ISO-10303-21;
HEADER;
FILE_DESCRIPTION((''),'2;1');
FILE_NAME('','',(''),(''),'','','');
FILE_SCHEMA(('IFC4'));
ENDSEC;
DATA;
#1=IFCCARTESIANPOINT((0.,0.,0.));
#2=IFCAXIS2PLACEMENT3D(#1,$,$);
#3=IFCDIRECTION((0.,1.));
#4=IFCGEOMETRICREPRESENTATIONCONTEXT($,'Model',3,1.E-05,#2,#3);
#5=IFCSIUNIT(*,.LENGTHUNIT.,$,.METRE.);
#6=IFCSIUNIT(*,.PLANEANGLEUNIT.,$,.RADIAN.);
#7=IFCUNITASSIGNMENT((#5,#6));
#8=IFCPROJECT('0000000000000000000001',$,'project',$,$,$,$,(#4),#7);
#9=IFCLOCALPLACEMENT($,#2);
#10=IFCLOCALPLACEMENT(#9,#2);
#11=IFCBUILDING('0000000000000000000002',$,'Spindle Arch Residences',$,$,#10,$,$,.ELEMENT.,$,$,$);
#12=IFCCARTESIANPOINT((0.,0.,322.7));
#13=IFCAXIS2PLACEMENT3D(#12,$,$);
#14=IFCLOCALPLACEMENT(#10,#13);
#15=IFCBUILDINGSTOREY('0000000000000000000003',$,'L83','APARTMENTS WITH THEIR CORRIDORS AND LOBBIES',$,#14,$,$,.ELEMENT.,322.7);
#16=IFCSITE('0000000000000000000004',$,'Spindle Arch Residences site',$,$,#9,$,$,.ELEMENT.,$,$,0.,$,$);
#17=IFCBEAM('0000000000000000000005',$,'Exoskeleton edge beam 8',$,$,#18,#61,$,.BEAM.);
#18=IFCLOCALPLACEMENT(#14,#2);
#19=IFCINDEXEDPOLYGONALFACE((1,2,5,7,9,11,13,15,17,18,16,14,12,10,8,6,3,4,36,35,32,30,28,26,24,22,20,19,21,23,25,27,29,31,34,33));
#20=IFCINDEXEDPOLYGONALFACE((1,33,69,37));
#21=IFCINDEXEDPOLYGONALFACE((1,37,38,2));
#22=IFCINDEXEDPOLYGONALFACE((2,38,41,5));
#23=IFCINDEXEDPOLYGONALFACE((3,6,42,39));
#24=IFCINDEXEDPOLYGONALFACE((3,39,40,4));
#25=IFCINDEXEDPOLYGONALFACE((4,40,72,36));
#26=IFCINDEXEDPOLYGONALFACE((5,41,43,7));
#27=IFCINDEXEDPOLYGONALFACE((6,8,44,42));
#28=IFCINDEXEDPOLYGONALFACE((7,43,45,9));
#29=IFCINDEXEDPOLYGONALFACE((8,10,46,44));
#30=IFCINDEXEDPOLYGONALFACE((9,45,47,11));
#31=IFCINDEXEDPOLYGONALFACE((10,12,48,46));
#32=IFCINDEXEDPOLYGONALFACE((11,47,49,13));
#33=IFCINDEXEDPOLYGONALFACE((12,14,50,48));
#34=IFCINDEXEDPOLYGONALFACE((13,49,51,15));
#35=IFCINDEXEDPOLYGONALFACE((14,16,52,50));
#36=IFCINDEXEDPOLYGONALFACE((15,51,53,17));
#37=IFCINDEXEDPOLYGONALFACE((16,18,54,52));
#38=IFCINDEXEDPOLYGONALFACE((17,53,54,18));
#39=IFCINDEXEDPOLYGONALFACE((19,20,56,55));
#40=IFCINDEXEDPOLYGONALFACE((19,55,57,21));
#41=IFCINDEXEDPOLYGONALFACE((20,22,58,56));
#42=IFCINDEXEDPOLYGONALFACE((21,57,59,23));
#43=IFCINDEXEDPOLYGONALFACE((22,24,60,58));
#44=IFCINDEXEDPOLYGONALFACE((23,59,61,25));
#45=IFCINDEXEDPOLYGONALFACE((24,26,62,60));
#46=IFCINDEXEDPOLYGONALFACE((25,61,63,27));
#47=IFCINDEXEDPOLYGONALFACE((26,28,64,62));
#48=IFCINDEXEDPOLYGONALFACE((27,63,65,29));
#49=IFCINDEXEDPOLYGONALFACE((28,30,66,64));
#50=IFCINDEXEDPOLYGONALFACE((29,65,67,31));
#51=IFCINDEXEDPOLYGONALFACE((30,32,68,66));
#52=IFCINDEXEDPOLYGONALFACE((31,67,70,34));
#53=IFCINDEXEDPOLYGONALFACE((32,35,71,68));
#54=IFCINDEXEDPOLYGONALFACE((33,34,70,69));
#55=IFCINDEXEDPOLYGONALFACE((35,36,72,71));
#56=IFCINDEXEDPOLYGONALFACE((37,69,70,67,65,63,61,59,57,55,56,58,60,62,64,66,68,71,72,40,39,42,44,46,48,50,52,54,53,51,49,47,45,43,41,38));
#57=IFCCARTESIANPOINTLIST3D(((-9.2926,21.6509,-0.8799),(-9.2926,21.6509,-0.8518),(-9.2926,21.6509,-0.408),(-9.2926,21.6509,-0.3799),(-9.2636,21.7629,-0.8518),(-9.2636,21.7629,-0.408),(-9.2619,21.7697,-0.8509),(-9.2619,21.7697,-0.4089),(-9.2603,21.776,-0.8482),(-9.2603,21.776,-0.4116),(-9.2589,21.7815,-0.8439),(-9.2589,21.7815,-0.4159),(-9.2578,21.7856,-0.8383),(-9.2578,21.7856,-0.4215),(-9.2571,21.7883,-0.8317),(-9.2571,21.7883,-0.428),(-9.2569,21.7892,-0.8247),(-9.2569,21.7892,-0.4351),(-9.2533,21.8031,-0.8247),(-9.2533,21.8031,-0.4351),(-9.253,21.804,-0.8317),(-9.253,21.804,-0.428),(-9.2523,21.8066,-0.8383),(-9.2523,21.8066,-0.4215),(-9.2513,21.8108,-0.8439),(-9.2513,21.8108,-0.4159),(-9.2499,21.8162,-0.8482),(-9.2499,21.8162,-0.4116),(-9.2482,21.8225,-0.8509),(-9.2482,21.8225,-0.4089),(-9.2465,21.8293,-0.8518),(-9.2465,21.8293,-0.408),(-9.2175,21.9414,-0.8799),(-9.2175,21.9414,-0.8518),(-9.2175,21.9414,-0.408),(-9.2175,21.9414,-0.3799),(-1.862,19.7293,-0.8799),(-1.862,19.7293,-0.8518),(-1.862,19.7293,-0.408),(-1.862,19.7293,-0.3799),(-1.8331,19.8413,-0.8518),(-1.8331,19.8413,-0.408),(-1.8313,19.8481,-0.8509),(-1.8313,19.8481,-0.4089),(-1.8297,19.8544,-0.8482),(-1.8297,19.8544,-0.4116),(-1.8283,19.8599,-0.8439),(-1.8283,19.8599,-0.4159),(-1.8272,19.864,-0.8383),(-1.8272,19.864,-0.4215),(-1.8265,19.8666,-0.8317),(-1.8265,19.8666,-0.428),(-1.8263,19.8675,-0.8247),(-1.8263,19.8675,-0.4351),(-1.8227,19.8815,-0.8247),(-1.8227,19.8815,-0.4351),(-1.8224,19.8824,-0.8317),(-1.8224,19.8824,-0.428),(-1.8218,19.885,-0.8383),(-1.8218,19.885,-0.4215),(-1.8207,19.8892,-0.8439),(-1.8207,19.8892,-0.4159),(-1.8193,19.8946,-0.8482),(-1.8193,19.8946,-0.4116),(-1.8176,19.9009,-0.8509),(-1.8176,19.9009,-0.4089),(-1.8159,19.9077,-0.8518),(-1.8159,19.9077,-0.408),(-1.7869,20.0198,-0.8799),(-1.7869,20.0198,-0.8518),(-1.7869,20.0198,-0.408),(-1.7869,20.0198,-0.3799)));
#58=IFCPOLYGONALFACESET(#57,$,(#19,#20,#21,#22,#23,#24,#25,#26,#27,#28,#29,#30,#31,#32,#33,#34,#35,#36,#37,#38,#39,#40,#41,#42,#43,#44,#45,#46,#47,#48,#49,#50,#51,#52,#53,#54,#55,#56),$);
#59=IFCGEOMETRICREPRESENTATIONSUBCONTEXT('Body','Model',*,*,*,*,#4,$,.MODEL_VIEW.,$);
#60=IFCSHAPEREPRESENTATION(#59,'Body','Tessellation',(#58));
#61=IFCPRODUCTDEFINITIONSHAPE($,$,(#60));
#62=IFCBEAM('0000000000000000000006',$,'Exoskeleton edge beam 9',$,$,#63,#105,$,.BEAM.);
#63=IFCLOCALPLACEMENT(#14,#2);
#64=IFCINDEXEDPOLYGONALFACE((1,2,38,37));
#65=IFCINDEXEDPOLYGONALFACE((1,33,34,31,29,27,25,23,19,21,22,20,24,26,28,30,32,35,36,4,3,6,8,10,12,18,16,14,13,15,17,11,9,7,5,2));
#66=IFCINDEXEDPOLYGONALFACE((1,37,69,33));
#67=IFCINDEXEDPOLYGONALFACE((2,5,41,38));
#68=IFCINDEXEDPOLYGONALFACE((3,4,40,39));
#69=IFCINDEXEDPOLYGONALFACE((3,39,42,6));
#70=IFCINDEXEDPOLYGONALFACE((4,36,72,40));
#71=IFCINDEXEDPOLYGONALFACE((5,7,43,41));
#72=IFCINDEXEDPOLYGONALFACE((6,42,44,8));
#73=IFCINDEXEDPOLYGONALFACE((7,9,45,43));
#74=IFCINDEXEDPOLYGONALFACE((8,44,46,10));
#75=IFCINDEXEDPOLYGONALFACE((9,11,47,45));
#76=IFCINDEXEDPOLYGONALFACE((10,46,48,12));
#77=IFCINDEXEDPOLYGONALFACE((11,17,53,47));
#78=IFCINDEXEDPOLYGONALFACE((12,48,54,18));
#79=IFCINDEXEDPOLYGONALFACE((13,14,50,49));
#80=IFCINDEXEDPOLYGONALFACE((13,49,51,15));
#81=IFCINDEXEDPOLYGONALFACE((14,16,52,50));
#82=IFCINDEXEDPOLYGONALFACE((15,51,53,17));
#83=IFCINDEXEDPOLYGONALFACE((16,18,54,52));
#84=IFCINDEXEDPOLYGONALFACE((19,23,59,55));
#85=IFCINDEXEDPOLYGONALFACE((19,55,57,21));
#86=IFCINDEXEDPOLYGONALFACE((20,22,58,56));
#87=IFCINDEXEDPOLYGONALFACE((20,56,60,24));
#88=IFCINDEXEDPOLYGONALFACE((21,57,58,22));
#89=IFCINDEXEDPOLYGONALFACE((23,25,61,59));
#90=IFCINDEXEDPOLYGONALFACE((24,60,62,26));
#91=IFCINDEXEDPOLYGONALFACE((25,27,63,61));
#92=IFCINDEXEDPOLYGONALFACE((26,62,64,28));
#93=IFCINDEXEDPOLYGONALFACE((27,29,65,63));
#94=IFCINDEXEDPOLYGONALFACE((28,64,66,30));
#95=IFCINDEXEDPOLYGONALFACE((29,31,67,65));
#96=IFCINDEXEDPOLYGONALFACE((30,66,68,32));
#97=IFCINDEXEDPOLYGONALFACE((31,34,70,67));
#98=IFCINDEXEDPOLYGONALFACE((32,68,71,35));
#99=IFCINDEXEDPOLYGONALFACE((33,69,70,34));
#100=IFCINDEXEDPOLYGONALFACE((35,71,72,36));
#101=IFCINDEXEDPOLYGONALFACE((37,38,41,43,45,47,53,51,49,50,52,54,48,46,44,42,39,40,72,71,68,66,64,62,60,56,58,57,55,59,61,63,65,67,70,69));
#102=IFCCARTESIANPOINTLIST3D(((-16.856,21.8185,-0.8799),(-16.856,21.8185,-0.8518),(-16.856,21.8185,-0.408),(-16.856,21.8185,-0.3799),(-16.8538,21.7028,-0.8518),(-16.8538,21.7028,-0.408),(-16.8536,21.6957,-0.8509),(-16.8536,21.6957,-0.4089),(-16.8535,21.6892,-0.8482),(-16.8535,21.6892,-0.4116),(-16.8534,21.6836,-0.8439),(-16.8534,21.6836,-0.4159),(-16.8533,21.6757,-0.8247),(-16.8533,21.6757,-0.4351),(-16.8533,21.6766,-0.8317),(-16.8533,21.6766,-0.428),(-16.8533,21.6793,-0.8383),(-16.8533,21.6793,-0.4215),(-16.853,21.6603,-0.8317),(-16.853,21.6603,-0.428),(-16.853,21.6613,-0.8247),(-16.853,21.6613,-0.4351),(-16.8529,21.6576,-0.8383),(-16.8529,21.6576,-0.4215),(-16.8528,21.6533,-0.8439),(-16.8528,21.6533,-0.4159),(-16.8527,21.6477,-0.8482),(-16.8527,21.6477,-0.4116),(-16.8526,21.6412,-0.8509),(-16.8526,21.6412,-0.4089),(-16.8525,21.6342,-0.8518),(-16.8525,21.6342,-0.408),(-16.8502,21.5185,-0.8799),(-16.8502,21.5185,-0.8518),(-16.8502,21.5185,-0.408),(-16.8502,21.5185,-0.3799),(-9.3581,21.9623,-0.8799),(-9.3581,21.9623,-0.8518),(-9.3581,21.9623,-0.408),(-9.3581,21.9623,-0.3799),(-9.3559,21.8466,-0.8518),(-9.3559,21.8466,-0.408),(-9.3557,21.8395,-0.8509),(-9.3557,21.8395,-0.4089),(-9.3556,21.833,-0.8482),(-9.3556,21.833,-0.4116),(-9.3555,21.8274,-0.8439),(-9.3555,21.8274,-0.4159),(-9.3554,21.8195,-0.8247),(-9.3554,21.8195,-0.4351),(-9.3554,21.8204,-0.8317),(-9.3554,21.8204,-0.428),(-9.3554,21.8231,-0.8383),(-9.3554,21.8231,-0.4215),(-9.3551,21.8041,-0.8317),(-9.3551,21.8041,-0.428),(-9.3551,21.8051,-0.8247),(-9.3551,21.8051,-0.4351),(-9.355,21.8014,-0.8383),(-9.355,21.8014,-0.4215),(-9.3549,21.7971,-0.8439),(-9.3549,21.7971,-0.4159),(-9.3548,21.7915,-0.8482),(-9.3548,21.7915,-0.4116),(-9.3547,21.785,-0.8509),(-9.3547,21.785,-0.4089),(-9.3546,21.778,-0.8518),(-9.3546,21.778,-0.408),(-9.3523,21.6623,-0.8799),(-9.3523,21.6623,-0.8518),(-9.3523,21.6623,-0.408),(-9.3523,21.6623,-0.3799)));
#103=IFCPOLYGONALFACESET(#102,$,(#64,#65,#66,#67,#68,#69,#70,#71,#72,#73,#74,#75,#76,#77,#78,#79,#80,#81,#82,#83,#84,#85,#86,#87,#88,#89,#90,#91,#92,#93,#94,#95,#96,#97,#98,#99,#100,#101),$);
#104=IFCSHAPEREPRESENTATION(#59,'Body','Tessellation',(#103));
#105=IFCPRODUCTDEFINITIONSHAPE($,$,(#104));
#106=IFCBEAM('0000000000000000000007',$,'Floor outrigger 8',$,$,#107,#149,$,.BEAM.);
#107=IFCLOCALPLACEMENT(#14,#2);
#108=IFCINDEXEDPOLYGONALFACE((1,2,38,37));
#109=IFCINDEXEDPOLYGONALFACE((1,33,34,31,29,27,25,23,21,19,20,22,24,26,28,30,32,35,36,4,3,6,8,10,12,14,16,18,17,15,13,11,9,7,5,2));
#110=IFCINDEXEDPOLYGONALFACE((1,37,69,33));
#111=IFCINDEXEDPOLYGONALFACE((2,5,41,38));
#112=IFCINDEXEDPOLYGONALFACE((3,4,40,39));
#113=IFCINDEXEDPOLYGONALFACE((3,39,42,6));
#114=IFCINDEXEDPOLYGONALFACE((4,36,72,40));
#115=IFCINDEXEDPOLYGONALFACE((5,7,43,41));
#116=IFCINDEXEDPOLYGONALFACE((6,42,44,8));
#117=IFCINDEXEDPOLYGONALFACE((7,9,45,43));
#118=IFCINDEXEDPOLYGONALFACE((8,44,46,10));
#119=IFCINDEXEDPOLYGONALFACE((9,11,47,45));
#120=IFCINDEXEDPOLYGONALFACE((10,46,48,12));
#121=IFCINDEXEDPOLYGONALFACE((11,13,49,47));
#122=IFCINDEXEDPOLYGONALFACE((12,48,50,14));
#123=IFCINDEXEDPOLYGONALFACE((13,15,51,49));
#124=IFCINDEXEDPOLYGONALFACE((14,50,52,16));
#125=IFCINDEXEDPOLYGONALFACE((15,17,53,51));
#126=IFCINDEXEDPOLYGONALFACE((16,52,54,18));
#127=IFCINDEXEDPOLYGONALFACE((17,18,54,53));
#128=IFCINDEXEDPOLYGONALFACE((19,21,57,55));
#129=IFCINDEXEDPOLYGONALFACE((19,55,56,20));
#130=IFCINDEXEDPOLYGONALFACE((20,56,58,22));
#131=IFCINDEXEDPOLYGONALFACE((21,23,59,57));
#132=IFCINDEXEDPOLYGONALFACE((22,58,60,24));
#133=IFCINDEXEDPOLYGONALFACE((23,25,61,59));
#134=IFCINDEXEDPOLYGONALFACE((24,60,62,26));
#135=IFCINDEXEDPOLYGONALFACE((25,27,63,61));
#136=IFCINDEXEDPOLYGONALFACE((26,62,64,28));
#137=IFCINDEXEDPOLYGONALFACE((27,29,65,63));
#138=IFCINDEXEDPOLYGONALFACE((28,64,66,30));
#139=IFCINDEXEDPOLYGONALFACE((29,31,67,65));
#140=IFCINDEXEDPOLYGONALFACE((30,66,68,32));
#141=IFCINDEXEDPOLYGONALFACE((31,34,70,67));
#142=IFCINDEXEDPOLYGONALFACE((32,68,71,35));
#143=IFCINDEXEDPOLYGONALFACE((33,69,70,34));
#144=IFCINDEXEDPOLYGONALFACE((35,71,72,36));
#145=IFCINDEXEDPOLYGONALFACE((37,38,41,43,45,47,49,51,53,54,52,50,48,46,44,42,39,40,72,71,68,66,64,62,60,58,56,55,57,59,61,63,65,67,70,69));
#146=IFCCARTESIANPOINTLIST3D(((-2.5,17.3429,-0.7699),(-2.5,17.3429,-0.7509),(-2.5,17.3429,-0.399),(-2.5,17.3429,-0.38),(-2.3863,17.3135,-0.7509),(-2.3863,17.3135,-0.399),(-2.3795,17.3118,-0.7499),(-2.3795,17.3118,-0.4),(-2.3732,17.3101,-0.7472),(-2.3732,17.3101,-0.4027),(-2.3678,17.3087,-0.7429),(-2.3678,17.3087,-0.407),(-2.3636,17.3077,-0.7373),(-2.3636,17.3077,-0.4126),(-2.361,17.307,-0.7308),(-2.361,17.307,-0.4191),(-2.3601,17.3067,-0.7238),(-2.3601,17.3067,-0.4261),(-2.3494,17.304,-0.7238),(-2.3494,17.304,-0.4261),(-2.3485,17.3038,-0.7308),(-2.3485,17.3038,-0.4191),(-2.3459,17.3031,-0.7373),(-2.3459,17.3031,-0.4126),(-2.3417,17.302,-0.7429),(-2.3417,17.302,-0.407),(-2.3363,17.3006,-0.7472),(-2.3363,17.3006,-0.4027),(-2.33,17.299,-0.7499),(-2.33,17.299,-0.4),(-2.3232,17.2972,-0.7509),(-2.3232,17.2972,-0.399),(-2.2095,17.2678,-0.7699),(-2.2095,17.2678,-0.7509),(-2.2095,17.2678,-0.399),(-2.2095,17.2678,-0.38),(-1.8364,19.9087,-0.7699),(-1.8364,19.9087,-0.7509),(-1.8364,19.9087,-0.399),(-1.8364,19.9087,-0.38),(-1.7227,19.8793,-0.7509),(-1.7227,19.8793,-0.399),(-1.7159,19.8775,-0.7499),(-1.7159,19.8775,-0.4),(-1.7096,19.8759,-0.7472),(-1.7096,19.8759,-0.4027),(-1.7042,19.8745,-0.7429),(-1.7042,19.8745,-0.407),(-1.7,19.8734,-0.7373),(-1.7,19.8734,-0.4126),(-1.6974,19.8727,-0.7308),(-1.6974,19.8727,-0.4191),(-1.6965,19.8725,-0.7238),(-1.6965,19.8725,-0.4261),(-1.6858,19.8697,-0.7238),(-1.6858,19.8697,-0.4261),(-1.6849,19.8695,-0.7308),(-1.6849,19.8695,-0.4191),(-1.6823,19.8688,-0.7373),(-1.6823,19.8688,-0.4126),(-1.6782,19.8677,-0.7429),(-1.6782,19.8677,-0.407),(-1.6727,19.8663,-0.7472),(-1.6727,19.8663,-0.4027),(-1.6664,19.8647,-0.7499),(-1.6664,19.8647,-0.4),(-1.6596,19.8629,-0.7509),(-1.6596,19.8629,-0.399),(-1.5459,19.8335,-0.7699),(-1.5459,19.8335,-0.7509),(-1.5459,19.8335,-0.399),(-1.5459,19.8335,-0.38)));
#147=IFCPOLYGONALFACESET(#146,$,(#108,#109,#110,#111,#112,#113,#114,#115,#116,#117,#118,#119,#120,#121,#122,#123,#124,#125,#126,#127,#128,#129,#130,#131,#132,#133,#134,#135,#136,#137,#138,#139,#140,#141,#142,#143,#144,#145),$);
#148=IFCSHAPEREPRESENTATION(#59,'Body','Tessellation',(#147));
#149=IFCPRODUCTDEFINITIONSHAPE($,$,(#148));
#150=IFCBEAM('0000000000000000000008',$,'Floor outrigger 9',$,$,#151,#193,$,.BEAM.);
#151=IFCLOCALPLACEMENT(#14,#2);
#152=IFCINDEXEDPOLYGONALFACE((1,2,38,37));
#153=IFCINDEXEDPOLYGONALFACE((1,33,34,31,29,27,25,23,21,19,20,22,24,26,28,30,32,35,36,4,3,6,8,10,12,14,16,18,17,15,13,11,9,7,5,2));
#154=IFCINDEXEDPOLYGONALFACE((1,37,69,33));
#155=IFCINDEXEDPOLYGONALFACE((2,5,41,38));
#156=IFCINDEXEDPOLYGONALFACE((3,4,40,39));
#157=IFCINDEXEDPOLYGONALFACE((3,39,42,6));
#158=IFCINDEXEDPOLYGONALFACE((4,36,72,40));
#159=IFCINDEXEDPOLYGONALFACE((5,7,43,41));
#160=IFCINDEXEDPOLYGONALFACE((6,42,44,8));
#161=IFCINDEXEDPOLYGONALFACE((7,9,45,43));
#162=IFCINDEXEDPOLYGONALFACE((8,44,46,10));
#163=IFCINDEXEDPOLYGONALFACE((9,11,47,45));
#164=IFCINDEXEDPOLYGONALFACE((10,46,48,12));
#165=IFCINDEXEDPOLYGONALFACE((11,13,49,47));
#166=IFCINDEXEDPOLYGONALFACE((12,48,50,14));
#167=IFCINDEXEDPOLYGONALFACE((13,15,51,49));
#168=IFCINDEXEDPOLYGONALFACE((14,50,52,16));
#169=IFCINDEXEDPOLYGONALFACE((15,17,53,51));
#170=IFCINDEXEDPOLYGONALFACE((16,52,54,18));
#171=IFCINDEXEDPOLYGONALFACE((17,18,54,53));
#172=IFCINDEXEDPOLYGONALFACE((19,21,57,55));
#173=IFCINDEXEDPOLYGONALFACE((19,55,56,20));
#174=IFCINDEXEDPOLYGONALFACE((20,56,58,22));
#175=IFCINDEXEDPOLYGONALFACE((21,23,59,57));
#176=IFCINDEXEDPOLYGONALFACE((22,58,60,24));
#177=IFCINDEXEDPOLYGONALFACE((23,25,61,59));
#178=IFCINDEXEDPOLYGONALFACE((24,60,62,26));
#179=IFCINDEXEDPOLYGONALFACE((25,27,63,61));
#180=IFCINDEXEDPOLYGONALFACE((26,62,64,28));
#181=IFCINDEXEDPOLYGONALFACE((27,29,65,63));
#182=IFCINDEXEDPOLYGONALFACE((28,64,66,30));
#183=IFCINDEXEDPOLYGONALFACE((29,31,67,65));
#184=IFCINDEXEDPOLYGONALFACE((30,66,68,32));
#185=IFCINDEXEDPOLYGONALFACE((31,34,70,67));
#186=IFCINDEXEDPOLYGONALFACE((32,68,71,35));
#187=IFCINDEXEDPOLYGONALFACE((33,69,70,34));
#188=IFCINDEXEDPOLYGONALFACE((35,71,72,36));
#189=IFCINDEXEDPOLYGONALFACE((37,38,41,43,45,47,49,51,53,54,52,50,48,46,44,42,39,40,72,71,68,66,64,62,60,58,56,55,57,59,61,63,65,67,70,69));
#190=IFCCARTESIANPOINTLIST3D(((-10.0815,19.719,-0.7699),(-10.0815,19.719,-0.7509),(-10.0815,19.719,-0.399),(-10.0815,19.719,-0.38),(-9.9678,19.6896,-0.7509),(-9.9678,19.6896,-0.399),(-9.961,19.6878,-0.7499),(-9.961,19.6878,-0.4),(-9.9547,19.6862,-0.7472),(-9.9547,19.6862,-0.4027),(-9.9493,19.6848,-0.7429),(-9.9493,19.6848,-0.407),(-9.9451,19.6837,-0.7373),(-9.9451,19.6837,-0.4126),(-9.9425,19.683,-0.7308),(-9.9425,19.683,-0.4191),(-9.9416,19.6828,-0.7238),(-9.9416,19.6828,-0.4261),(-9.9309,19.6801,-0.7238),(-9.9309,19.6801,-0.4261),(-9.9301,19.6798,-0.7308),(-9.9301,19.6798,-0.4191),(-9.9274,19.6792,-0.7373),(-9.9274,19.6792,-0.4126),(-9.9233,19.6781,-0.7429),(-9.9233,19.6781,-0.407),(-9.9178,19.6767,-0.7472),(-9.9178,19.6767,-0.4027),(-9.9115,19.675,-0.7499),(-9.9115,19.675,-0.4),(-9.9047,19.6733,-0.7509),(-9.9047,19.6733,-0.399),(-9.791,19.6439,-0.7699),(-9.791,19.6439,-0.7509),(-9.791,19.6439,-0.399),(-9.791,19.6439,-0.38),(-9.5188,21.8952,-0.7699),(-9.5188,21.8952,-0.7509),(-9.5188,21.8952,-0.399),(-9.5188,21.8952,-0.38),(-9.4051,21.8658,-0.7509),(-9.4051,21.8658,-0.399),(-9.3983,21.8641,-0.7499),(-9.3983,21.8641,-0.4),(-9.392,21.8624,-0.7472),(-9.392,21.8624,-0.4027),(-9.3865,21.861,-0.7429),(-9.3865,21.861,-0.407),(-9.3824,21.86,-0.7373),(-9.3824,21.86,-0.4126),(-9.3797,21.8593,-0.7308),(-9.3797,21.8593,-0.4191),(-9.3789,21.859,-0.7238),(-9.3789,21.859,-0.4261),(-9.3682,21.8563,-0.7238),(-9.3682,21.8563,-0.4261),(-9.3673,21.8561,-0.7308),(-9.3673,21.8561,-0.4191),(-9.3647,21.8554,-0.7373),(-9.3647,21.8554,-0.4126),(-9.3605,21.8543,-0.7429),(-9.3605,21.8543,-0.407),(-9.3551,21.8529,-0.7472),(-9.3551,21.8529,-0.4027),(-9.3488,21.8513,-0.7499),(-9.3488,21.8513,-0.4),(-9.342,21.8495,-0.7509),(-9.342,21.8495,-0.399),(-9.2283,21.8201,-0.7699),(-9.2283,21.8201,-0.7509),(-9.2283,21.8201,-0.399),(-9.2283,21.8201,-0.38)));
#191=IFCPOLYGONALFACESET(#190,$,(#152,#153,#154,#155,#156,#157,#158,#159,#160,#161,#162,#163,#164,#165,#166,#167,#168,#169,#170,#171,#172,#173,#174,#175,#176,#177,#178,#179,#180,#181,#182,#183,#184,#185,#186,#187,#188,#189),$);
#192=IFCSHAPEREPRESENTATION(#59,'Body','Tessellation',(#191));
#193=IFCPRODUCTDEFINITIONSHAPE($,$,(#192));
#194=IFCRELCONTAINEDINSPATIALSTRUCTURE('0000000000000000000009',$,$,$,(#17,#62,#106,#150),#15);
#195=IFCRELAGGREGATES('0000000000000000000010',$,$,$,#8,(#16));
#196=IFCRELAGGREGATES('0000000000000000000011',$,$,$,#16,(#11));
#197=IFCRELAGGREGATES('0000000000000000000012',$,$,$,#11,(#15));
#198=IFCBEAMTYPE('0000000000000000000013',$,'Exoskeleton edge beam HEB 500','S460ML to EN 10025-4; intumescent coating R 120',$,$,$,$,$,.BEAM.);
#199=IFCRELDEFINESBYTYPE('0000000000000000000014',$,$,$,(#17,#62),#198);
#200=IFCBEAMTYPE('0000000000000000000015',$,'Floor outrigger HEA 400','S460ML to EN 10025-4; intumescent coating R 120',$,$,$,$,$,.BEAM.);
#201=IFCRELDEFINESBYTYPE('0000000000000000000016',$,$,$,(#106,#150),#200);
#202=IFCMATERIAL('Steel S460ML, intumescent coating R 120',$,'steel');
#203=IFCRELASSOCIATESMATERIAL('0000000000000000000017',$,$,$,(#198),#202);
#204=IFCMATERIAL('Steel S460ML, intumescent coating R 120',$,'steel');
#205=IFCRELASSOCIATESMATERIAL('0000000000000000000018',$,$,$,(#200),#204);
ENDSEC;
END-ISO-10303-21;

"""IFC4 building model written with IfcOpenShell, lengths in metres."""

from ifc_helpers import new_model, si_unit, direction, frame, origin, origin_2d, place, context, subcontext, project, spatial, i_section, extrude, material, material_profile, profile_set, type_object, element, save


model = new_model("IFC4")

# Units and contexts
model_context = context("Model", 3, precision=1e-05, world=origin(), true_north=direction((0.0, 1.0)))
body_context = subcontext(model_context, "Body", "Model", "MODEL_VIEW")
ifc_project = project(units=[si_unit("LENGTHUNIT", "METRE"), si_unit("PLANEANGLEUNIT", "RADIAN")], contexts=[model_context])

# Site, building, storey
site_placement = place(None, origin())
site = spatial("IfcSite", under=ifc_project, at=site_placement, Name="Spindle Arch Residences site", CompositionType="ELEMENT", RefElevation=0.0)
building_placement = place(site_placement, origin())
building = spatial("IfcBuilding", under=site, at=building_placement, Name="Spindle Arch Residences", CompositionType="ELEMENT")
storey_placement = place(building_placement, frame((0.0, 0.0, 322.7)))
storey = spatial("IfcBuildingStorey", under=building, at=storey_placement, Name="L83", Description="APARTMENTS WITH THEIR CORRIDORS AND LOBBIES", CompositionType="ELEMENT", Elevation=322.7)

# Beams
ifc_material_1 = material(Name="Steel S460ML, intumescent coating R 120", Category="steel")
ifc_material_profile_1 = material_profile(ifc_material_1, i_section(OverallWidth=0.3, OverallDepth=0.5, WebThickness=0.0144, FlangeThickness=0.0281, FilletRadius=0.0271, at=origin_2d()), Name="HEB 500")
ifc_profile_set_1 = profile_set([ifc_material_profile_1], Name="Steel S460ML, intumescent coating R 120")
beam_type_1 = type_object("IfcBeamType", Name="Exoskeleton edge beam HEB 500", Description="S460ML to EN 10025-4; intumescent coating R 120", PredefinedType="BEAM", material=ifc_profile_set_1)
beam_1_placement = place(storey_placement, frame((-1.8245, 19.8745, -0.6299), z_axis=(-0.96815, 0.250372, 0.0), x_axis=(-0.250372, -0.96815, 0.0)))
element("IfcBeam", 1, at=beam_1_placement, inside=storey, type_object=beam_type_1, Name="Exoskeleton edge beam 8", PredefinedType="BEAM", context=body_context, shape_type="SweptSolid", body=[
    extrude(i_section(OverallWidth=0.3, OverallDepth=0.5, WebThickness=0.0144, FlangeThickness=0.0281, FilletRadius=0.0271, at=origin_2d()), origin(), (0.0, 0.0, 1.0), 7.675),
])
beam_2_placement = place(storey_placement, frame((-9.3552, 21.8123, -0.6299), z_axis=(-0.999816, -0.019175, 0.0), x_axis=(0.019175, -0.999816, 0.0)))
element("IfcBeam", 2, at=beam_2_placement, inside=storey, type_object=beam_type_1, Name="Exoskeleton edge beam 9", PredefinedType="BEAM", context=body_context, shape_type="SweptSolid", body=[
    extrude(i_section(OverallWidth=0.3, OverallDepth=0.5, WebThickness=0.0144, FlangeThickness=0.0281, FilletRadius=0.0271, at=origin_2d()), origin(), (0.0, 0.0, 1.0), 7.4993),
])
ifc_material_2 = material(Name="Steel S460ML, intumescent coating R 120", Category="steel")
ifc_material_profile_2 = material_profile(ifc_material_2, i_section(OverallWidth=0.3, OverallDepth=0.3899, WebThickness=0.011, FlangeThickness=0.019, FilletRadius=0.0271, at=origin_2d()), Name="HEA 400")
ifc_profile_set_2 = profile_set([ifc_material_profile_2], Name="Steel S460ML, intumescent coating R 120")
beam_type_2 = type_object("IfcBeamType", Name="Floor outrigger HEA 400", Description="S460ML to EN 10025-4; intumescent coating R 120", PredefinedType="BEAM", material=ifc_profile_set_2)
beam_3_placement = place(storey_placement, frame((-1.6912, 19.8711, -0.575), z_axis=(-0.250396, -0.968143, 0.0), x_axis=(0.968143, -0.250396, 0.0)))
element("IfcBeam", 3, at=beam_3_placement, inside=storey, type_object=beam_type_2, Name="Floor outrigger 8", PredefinedType="BEAM", context=body_context, shape_type="SweptSolid", body=[
    extrude(i_section(OverallWidth=0.3, OverallDepth=0.3899, WebThickness=0.011, FlangeThickness=0.019, FilletRadius=0.0271, at=origin_2d()), origin(), (0.0, 0.0, 1.0), 2.6501),
])
beam_4_placement = place(storey_placement, frame((-9.3735, 21.8577, -0.575), z_axis=(-0.250348, -0.968156, 0.0), x_axis=(0.968156, -0.250348, 0.0)))
element("IfcBeam", 4, at=beam_4_placement, inside=storey, type_object=beam_type_2, Name="Floor outrigger 9", PredefinedType="BEAM", context=body_context, shape_type="SweptSolid", body=[
    extrude(i_section(OverallWidth=0.3, OverallDepth=0.3899, WebThickness=0.011, FlangeThickness=0.019, FilletRadius=0.0271, at=origin_2d()), origin(), (0.0, 0.0, 1.0), 2.2478),
])

save(model, "model.ifc")
